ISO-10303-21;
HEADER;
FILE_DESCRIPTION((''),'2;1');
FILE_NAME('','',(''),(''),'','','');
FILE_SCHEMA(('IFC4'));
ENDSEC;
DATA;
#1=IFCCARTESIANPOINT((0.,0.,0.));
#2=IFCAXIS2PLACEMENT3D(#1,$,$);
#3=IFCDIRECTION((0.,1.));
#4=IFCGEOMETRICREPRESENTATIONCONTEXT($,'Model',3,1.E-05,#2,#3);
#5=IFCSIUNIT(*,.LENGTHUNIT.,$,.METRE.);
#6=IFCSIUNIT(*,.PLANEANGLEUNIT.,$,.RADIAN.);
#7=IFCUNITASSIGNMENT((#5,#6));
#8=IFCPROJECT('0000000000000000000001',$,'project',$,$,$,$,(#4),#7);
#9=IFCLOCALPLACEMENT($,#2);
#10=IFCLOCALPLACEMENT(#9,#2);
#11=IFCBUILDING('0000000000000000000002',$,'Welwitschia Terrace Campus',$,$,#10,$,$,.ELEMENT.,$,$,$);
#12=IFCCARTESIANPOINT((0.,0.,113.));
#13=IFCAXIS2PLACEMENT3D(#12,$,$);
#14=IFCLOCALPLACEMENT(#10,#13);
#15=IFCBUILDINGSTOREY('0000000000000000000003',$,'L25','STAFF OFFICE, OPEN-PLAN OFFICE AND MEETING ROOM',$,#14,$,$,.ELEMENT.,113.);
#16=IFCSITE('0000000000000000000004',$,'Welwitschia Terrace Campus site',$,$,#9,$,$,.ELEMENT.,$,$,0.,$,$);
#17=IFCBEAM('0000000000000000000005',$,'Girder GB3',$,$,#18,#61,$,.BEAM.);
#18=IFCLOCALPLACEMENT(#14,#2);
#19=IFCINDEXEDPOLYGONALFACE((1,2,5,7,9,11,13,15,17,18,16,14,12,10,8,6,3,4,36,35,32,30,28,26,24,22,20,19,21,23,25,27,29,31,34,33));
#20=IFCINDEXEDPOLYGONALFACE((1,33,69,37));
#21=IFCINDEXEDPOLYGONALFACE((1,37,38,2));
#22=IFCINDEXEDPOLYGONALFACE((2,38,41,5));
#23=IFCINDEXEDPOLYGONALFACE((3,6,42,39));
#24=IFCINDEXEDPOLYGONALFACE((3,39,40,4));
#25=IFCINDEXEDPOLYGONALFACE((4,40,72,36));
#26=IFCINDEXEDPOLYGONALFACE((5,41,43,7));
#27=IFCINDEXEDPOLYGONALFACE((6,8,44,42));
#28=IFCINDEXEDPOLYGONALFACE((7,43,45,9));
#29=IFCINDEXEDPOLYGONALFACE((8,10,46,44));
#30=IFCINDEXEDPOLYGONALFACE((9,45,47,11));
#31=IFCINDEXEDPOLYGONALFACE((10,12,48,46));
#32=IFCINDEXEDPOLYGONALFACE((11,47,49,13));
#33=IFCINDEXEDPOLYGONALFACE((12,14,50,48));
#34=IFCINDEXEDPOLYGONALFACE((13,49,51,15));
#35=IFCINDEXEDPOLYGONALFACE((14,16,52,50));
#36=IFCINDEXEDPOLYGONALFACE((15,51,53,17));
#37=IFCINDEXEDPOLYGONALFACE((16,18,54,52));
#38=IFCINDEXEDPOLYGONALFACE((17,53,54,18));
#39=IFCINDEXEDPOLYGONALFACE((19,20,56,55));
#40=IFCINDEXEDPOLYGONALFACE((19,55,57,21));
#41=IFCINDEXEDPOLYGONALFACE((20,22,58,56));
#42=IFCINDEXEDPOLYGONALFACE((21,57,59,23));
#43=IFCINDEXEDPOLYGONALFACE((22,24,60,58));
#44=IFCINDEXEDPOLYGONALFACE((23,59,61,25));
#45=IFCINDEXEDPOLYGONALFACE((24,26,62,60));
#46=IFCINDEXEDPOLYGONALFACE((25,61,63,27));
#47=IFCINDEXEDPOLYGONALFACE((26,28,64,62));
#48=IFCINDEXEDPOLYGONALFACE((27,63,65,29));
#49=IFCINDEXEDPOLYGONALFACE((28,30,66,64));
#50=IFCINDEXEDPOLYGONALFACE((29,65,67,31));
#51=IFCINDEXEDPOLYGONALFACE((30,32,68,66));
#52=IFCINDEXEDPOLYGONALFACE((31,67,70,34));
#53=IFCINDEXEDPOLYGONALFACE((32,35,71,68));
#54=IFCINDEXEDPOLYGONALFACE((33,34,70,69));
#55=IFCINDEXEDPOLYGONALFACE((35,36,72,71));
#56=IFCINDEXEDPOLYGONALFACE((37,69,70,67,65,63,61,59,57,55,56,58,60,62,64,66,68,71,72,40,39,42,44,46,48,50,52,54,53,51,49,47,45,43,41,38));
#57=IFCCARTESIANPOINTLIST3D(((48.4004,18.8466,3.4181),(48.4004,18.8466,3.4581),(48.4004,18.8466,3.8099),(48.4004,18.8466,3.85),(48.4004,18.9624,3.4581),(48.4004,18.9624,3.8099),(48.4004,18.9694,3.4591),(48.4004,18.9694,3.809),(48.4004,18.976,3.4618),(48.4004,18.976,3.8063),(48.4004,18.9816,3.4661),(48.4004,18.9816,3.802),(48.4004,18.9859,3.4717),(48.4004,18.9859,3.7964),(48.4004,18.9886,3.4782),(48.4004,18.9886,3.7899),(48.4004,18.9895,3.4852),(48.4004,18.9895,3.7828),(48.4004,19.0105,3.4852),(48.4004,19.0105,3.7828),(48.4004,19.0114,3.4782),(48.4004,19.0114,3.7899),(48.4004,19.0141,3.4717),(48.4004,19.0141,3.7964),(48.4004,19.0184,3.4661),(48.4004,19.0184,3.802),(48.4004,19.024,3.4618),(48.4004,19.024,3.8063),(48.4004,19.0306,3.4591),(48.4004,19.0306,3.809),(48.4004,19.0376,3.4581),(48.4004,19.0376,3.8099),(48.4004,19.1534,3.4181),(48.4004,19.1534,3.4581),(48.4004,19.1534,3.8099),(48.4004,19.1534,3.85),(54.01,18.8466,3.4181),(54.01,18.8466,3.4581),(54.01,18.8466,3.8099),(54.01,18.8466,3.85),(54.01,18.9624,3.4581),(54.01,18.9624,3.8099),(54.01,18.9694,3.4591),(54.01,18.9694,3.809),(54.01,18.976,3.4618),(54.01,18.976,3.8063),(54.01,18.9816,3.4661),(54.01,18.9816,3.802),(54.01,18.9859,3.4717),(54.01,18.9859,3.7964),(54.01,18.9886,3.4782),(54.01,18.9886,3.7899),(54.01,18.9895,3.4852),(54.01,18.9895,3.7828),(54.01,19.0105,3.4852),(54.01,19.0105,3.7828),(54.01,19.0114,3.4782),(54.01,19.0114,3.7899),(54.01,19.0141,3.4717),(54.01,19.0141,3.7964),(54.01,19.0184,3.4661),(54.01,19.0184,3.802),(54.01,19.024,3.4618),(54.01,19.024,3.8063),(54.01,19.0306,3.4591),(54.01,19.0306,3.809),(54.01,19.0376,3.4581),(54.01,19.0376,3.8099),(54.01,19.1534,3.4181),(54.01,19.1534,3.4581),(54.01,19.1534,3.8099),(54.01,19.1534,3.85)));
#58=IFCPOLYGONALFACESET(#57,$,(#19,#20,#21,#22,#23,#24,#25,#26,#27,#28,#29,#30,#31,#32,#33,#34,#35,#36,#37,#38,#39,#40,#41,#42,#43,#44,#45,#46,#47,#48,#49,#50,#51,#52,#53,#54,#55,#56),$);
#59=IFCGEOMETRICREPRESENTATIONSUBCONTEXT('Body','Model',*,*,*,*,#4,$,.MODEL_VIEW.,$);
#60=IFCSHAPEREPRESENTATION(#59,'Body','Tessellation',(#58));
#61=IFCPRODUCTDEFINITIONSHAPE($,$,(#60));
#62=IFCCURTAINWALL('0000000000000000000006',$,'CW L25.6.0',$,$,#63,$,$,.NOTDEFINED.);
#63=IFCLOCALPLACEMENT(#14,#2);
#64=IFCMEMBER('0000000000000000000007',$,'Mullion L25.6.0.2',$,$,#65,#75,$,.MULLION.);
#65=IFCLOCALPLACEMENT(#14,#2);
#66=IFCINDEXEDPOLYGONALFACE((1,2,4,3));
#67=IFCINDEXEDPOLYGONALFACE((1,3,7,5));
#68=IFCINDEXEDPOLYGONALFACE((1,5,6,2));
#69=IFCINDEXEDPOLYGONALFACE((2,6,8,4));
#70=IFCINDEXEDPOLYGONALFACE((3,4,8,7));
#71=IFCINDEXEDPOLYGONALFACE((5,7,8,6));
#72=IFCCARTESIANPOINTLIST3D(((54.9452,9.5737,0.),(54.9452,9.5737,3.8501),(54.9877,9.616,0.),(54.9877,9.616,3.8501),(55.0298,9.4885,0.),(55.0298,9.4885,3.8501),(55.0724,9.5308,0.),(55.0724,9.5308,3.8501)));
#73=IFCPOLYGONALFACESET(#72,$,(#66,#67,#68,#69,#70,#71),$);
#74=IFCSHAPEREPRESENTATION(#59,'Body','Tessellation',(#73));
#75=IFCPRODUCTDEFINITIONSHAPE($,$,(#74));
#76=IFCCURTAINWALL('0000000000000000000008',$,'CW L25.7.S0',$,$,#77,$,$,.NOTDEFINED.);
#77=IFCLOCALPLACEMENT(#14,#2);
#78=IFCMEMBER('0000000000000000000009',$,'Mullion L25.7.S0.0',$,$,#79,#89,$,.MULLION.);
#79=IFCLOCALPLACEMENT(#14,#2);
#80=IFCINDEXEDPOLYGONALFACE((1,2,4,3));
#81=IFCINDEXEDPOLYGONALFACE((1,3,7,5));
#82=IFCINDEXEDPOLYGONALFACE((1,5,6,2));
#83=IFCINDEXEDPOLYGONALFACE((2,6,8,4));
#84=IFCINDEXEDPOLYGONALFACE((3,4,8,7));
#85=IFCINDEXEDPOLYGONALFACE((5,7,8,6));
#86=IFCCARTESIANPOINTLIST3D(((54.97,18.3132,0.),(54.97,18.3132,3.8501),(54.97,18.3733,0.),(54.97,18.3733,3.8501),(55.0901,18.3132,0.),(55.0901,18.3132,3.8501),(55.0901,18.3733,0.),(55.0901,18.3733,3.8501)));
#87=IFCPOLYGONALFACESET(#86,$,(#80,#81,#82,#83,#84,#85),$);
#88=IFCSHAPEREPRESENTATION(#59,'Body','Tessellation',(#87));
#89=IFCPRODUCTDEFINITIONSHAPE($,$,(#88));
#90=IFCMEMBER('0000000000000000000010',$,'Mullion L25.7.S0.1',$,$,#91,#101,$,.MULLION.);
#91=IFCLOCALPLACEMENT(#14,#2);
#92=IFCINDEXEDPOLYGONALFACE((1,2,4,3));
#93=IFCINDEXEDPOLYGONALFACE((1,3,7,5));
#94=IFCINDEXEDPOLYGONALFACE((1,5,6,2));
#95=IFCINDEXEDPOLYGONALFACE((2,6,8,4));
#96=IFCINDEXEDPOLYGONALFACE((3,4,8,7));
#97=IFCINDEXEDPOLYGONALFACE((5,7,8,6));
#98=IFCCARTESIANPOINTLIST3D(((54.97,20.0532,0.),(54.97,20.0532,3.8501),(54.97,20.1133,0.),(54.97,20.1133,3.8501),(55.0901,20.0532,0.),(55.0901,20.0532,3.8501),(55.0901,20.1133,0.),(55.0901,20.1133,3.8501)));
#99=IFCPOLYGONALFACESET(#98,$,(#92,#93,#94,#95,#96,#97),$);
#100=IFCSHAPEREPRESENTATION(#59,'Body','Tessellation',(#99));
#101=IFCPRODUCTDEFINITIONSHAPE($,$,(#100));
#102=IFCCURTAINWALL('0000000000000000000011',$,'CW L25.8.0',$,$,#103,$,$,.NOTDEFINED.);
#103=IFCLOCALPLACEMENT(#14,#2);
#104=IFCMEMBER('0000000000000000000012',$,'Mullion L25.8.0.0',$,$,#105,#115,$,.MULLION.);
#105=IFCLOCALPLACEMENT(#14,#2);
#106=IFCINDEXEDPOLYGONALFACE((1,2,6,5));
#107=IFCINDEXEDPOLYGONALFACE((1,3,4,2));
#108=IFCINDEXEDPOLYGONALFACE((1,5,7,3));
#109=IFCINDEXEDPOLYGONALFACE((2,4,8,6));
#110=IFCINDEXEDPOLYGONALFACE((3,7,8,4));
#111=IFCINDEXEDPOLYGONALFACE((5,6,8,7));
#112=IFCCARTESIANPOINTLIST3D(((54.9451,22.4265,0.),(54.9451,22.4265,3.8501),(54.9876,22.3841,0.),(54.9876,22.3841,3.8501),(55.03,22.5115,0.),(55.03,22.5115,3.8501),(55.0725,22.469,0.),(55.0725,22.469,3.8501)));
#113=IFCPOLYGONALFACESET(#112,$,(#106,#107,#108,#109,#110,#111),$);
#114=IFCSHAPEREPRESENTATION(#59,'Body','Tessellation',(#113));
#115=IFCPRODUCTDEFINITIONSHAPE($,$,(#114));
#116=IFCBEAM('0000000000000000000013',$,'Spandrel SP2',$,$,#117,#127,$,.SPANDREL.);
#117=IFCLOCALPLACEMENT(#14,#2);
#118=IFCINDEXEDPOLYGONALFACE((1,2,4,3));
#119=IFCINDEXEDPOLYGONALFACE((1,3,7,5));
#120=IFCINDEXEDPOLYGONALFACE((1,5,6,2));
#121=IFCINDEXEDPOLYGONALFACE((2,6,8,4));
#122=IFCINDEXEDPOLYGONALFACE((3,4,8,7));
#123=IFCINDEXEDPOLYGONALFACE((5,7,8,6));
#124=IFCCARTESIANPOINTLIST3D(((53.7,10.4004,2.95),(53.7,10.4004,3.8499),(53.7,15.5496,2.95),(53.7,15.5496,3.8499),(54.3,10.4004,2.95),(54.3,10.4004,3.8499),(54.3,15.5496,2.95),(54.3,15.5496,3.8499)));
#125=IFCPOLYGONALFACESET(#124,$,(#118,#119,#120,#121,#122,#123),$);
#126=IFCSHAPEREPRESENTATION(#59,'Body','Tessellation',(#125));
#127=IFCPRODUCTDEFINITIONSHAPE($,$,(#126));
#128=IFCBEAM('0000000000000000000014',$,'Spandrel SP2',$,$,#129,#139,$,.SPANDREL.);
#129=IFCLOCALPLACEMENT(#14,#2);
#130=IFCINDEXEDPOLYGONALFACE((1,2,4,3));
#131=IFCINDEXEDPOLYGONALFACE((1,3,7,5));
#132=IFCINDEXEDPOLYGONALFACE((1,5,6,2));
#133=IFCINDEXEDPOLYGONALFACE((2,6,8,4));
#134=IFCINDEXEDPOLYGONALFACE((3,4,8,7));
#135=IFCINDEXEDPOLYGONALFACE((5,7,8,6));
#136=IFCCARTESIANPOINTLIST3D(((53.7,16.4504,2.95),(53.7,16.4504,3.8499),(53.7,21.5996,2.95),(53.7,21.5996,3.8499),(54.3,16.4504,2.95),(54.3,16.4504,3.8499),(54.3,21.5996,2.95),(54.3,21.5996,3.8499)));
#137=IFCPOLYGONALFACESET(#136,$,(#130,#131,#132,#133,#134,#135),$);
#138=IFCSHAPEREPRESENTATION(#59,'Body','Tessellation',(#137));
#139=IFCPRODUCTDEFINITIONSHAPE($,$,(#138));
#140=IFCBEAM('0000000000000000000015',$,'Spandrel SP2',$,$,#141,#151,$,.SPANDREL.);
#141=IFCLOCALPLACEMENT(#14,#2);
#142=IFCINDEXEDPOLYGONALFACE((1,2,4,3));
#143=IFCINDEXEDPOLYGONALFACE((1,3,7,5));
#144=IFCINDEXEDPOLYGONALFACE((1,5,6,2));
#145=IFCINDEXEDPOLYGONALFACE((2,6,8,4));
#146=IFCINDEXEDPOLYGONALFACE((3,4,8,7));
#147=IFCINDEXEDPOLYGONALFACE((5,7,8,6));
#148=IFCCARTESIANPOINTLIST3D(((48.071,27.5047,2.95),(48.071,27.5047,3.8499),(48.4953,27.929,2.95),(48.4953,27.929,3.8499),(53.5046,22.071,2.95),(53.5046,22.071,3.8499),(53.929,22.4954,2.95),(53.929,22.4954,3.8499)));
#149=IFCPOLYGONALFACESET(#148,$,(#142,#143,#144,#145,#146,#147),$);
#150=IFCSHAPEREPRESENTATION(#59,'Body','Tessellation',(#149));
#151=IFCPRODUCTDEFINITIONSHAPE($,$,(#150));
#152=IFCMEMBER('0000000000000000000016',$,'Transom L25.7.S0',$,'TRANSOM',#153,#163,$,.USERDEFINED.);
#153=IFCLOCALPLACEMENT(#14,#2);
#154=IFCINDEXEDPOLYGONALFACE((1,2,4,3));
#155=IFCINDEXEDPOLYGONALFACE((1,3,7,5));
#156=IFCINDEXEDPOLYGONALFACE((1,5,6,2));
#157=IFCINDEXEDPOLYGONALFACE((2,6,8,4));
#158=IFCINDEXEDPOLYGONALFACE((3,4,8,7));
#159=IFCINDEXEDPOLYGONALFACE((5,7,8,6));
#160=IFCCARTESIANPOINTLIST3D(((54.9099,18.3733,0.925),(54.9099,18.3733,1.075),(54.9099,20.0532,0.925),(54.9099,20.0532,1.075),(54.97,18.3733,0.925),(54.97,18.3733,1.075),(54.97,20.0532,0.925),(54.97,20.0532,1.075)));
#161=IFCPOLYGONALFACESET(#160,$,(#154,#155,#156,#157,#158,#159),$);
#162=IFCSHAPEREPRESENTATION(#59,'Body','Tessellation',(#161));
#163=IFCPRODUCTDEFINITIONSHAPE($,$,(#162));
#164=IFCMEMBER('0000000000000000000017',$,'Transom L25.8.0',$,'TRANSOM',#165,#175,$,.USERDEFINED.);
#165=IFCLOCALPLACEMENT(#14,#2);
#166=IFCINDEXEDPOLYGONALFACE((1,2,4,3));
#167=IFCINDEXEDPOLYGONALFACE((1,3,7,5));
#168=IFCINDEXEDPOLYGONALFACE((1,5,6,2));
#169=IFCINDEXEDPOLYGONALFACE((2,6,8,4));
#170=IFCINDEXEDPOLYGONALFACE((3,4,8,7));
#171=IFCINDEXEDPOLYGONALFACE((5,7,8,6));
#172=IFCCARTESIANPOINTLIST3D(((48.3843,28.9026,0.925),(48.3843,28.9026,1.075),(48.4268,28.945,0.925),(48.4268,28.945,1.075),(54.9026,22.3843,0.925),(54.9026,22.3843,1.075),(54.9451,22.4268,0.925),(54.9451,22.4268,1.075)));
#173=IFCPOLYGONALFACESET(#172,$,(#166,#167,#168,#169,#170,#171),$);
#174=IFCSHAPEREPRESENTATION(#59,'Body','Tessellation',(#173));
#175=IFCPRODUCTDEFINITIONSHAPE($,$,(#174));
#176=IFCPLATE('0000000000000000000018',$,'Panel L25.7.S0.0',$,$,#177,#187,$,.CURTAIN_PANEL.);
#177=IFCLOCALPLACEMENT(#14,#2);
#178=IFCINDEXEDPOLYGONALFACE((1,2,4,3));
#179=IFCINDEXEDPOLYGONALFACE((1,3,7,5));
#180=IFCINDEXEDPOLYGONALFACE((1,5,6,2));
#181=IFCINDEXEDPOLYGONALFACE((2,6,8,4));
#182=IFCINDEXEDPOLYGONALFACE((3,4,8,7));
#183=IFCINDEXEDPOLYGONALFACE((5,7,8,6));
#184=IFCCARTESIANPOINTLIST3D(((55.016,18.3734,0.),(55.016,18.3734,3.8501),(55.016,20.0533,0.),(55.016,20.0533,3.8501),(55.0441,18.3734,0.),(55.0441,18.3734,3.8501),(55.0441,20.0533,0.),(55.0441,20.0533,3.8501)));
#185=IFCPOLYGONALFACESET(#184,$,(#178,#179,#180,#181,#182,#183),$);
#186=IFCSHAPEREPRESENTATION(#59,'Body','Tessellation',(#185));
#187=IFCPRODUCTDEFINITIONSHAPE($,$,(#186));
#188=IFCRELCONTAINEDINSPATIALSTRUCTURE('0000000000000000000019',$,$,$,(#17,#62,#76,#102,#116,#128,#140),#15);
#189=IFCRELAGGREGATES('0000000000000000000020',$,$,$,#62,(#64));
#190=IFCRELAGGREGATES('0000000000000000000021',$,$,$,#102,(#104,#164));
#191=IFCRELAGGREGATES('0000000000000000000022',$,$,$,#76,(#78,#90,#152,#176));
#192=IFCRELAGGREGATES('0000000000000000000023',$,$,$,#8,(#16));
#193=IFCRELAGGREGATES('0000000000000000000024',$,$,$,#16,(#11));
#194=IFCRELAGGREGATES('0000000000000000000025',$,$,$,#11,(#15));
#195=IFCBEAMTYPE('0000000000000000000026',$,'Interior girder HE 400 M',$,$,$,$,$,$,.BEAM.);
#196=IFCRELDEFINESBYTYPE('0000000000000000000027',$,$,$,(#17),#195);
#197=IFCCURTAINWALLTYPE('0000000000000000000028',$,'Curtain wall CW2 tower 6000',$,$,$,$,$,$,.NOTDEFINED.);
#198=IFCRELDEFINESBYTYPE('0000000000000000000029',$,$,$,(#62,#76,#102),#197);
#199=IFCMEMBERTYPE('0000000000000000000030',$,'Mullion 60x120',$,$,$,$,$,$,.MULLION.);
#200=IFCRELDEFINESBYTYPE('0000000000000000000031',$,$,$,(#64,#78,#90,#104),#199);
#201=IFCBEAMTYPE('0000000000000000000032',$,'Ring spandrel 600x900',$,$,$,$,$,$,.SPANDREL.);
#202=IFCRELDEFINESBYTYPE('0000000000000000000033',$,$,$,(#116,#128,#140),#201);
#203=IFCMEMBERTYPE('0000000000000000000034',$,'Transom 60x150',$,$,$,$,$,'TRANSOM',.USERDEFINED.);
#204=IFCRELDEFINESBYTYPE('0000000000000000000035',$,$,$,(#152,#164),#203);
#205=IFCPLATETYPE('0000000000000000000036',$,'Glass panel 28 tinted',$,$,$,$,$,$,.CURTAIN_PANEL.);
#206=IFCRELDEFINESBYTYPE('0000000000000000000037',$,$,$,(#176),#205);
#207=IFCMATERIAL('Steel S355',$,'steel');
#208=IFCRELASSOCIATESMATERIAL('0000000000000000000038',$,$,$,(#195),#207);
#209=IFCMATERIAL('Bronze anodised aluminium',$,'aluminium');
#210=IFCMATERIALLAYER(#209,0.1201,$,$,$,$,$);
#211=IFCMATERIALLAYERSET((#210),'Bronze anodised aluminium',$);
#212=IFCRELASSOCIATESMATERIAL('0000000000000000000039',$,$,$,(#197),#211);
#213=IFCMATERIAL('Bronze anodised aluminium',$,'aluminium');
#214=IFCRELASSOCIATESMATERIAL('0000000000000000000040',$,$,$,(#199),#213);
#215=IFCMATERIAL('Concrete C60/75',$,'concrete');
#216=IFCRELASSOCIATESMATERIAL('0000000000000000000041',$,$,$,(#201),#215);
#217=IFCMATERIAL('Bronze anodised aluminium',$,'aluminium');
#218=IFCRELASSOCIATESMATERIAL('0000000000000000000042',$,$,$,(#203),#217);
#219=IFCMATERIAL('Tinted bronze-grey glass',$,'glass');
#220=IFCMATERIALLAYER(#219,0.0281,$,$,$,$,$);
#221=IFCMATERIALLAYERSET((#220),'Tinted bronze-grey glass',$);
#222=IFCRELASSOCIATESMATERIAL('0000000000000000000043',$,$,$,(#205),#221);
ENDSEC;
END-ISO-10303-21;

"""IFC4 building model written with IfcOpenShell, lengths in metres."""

from ifc_helpers import new_model, si_unit, direction, frame, origin, origin_2d, place, context, subcontext, project, spatial, rectangle, i_section, extrude, material, layer, layer_set, material_profile, profile_set, type_object, element, aggregate, save


model = new_model("IFC4")

# Units and contexts
model_context = context("Model", 3, precision=1e-05, world=origin(), true_north=direction((0.0, 1.0)))
body_context = subcontext(model_context, "Body", "Model", "MODEL_VIEW")
ifc_project = project(units=[si_unit("LENGTHUNIT", "METRE"), si_unit("PLANEANGLEUNIT", "RADIAN")], contexts=[model_context])

# Site, building, storey
site_placement = place(None, origin())
site = spatial("IfcSite", under=ifc_project, at=site_placement, Name="Welwitschia Terrace Campus site", CompositionType="ELEMENT", RefElevation=0.0)
building_placement = place(site_placement, origin())
building = spatial("IfcBuilding", under=site, at=building_placement, Name="Welwitschia Terrace Campus", CompositionType="ELEMENT")
storey_placement = place(building_placement, frame((0.0, 0.0, 113.0)))
storey = spatial("IfcBuildingStorey", under=building, at=storey_placement, Name="L25", Description="STAFF OFFICE, OPEN-PLAN OFFICE AND MEETING ROOM", CompositionType="ELEMENT", Elevation=113.0)

# Beam
ifc_material_1 = material(Name="Steel S355", Category="steel")
ifc_material_profile_1 = material_profile(ifc_material_1, i_section(OverallWidth=0.3069, OverallDepth=0.4319, WebThickness=0.021, FlangeThickness=0.04, FilletRadius=0.0271, at=origin_2d()))
ifc_profile_set_1 = profile_set([ifc_material_profile_1], Name="Steel S355")
beam_type_1 = type_object("IfcBeamType", Name="Interior girder HE 400 M", PredefinedType="BEAM", material=ifc_profile_set_1)
for number, where, z_axis, x_axis, name in (
    (1, (48.4004, 19.0, 3.634), (1.0, 0.0, 0.0), (0.0, 1.0, 0.0), "Girder GB3"),
):
    element("IfcBeam", number, at=place(storey_placement, frame(where, z_axis=z_axis, x_axis=x_axis)), inside=storey, type_object=beam_type_1, Name=name, PredefinedType="BEAM", context=body_context, shape_type="SweptSolid", body=[
        extrude(i_section(OverallWidth=0.3069, OverallDepth=0.4319, WebThickness=0.021, FlangeThickness=0.04, FilletRadius=0.0271, at=origin_2d()), origin(), (0.0, 0.0, 1.0), 5.6096),
    ])

# Curtain wall, member
ifc_material_2 = material(Name="Bronze anodised aluminium", Category="aluminium")
ifc_layer_1 = layer(ifc_material_2, 0.1201)
ifc_layer_set_1 = layer_set([ifc_layer_1], Name="Bronze anodised aluminium")
curtain_wall_type = type_object("IfcCurtainWallType", Name="Curtain wall CW2 tower 6000", PredefinedType="NOTDEFINED", material=ifc_layer_set_1)
curtain_wall_1_placement = place(storey_placement, origin())
curtain_wall_1 = element("IfcCurtainWall", 2, at=curtain_wall_1_placement, inside=storey, type_object=curtain_wall_type, Name="CW L25.6.0", PredefinedType="NOTDEFINED")
ifc_material_3 = material(Name="Bronze anodised aluminium", Category="aluminium")
ifc_material_profile_2 = material_profile(ifc_material_3, rectangle(XDim=0.1201, YDim=0.0601, at=origin_2d()))
ifc_profile_set_2 = profile_set([ifc_material_profile_2], Name="Bronze anodised aluminium")
member_type_1 = type_object("IfcMemberType", Name="Mullion 60x120", PredefinedType="MULLION", material=ifc_profile_set_2)
member_1_placement = place(storey_placement, frame((55.0088, 9.5522, 0.0), z_axis=(0.0, 0.0, 1.0), x_axis=(-0.704985, 0.709222, 0.0)))
member_1 = element("IfcMember", 3, at=member_1_placement, type_object=member_type_1, Name="Mullion L25.6.0.2", PredefinedType="MULLION", context=body_context, shape_type="SweptSolid", body=[
    extrude(rectangle(XDim=0.1201, YDim=0.0601, at=origin_2d()), origin(), (0.0, 0.0, 1.0), 3.8501),
])
aggregate(curtain_wall_1, [member_1])

# Curtain wall, members
curtain_wall_2_placement = place(storey_placement, origin())
curtain_wall_2 = element("IfcCurtainWall", 4, at=curtain_wall_2_placement, inside=storey, type_object=curtain_wall_type, Name="CW L25.7.S0", PredefinedType="NOTDEFINED")
member_2_placement = place(storey_placement, frame((55.03, 18.3433, 0.0), z_axis=(0.0, 0.0, 1.0), x_axis=(-1.0, 0.0, 0.0)))
member_2 = element("IfcMember", 5, at=member_2_placement, type_object=member_type_1, Name="Mullion L25.7.S0.0", PredefinedType="MULLION", context=body_context, shape_type="SweptSolid", body=[
    extrude(rectangle(XDim=0.1201, YDim=0.0601, at=origin_2d()), origin(), (0.0, 0.0, 1.0), 3.8501),
])
member_3_placement = place(storey_placement, frame((55.03, 20.0833, 0.0), z_axis=(0.0, 0.0, 1.0), x_axis=(-1.0, 0.0, 0.0)))
member_3 = element("IfcMember", 6, at=member_3_placement, type_object=member_type_1, Name="Mullion L25.7.S0.1", PredefinedType="MULLION", context=body_context, shape_type="SweptSolid", body=[
    extrude(rectangle(XDim=0.1201, YDim=0.0601, at=origin_2d()), origin(), (0.0, 0.0, 1.0), 3.8501),
])

# Curtain wall, member
curtain_wall_3_placement = place(storey_placement, origin())
curtain_wall_3 = element("IfcCurtainWall", 7, at=curtain_wall_3_placement, inside=storey, type_object=curtain_wall_type, Name="CW L25.8.0", PredefinedType="NOTDEFINED")
member_4_placement = place(storey_placement, frame((55.0088, 22.4478, 0.0), z_axis=(0.0, 0.0, 1.0), x_axis=(-0.707107, -0.707107, 0.0)))
member_4 = element("IfcMember", 8, at=member_4_placement, type_object=member_type_1, Name="Mullion L25.8.0.0", PredefinedType="MULLION", context=body_context, shape_type="SweptSolid", body=[
    extrude(rectangle(XDim=0.1201, YDim=0.0601, at=origin_2d()), origin(), (0.0, 0.0, 1.0), 3.8501),
])

# Beams
ifc_material_4 = material(Name="Concrete C60/75", Category="concrete")
ifc_material_profile_3 = material_profile(ifc_material_4, rectangle(XDim=0.6001, YDim=0.8999, at=origin_2d()))
ifc_profile_set_3 = profile_set([ifc_material_profile_3], Name="Concrete C60/75")
beam_type_2 = type_object("IfcBeamType", Name="Ring spandrel 600x900", PredefinedType="SPANDREL", material=ifc_profile_set_3)
for number, where, z_axis, x_axis, name in (
    (9, (54.0, 10.4004, 3.3999), (0.0, 1.0, 0.0), (-1.0, 0.0, 0.0), "Spandrel SP2"),
    (10, (54.0, 16.4504, 3.3999), (0.0, 1.0, 0.0), (-1.0, 0.0, 0.0), "Spandrel SP2"),
):
    element("IfcBeam", number, at=place(storey_placement, frame(where, z_axis=z_axis, x_axis=x_axis)), inside=storey, type_object=beam_type_2, Name=name, PredefinedType="SPANDREL", context=body_context, shape_type="SweptSolid", body=[
        extrude(rectangle(XDim=0.6001, YDim=0.8999, at=origin_2d()), origin(), (0.0, 0.0, 1.0), 5.1492),
    ])
beam_placement = place(storey_placement, frame((53.7168, 22.2832, 3.3999), z_axis=(-0.707107, 0.707107, 0.0), x_axis=(-0.707107, -0.707107, 0.0)))
element("IfcBeam", 11, at=beam_placement, inside=storey, type_object=beam_type_2, Name="Spandrel SP2", PredefinedType="SPANDREL", context=body_context, shape_type="SweptSolid", body=[
    extrude(rectangle(XDim=0.6001, YDim=0.8999, at=origin_2d()), origin(), (0.0, 0.0, 1.0), 7.6843),
])

# Members
ifc_material_5 = material(Name="Bronze anodised aluminium", Category="aluminium")
ifc_material_profile_4 = material_profile(ifc_material_5, rectangle(XDim=0.0601, YDim=0.1499, at=origin_2d()))
ifc_profile_set_4 = profile_set([ifc_material_profile_4], Name="Bronze anodised aluminium")
member_type_2 = type_object("IfcMemberType", Name="Transom 60x150", ElementType="TRANSOM", PredefinedType="USERDEFINED", material=ifc_profile_set_4)
member_5_placement = place(storey_placement, frame((54.9399, 18.3733, 1.0), z_axis=(0.0, 1.0, 0.0), x_axis=(-1.0, 0.0, 0.0)))
member_5 = element("IfcMember", 12, at=member_5_placement, type_object=member_type_2, Name="Transom L25.7.S0", ObjectType="TRANSOM", PredefinedType="USERDEFINED", context=body_context, shape_type="SweptSolid", body=[
    extrude(rectangle(XDim=0.0601, YDim=0.1499, at=origin_2d()), origin(), (0.0, 0.0, 1.0), 1.6799),
])
member_6_placement = place(storey_placement, frame((54.9238, 22.4055, 1.0), z_axis=(-0.707107, 0.707107, 0.0), x_axis=(-0.707107, -0.707107, 0.0)))
member_6 = element("IfcMember", 13, at=member_6_placement, type_object=member_type_2, Name="Transom L25.8.0", ObjectType="TRANSOM", PredefinedType="USERDEFINED", context=body_context, shape_type="SweptSolid", body=[
    extrude(rectangle(XDim=0.0601, YDim=0.1499, at=origin_2d()), origin(), (0.0, 0.0, 1.0), 9.2183),
])
aggregate(curtain_wall_3, [member_4, member_6])

# Plate
ifc_material_6 = material(Name="Tinted bronze-grey glass", Category="glass")
ifc_layer_2 = layer(ifc_material_6, 0.0281)
ifc_layer_set_2 = layer_set([ifc_layer_2], Name="Tinted bronze-grey glass")
plate_type = type_object("IfcPlateType", Name="Glass panel 28 tinted", PredefinedType="CURTAIN_PANEL", material=ifc_layer_set_2)
plate_placement = place(storey_placement, frame((55.03, 19.2134, 0.0), z_axis=(0.0, 0.0, 1.0), x_axis=(0.0, 1.0, 0.0)))
plate = element("IfcPlate", 14, at=plate_placement, type_object=plate_type, Name="Panel L25.7.S0.0", PredefinedType="CURTAIN_PANEL", context=body_context, shape_type="SweptSolid", body=[
    extrude(rectangle(XDim=1.6799, YDim=0.0281, at=origin_2d()), origin(), (0.0, 0.0, 1.0), 3.8501),
])
aggregate(curtain_wall_2, [member_2, member_3, member_5, plate])

save(model, "model.ifc")
